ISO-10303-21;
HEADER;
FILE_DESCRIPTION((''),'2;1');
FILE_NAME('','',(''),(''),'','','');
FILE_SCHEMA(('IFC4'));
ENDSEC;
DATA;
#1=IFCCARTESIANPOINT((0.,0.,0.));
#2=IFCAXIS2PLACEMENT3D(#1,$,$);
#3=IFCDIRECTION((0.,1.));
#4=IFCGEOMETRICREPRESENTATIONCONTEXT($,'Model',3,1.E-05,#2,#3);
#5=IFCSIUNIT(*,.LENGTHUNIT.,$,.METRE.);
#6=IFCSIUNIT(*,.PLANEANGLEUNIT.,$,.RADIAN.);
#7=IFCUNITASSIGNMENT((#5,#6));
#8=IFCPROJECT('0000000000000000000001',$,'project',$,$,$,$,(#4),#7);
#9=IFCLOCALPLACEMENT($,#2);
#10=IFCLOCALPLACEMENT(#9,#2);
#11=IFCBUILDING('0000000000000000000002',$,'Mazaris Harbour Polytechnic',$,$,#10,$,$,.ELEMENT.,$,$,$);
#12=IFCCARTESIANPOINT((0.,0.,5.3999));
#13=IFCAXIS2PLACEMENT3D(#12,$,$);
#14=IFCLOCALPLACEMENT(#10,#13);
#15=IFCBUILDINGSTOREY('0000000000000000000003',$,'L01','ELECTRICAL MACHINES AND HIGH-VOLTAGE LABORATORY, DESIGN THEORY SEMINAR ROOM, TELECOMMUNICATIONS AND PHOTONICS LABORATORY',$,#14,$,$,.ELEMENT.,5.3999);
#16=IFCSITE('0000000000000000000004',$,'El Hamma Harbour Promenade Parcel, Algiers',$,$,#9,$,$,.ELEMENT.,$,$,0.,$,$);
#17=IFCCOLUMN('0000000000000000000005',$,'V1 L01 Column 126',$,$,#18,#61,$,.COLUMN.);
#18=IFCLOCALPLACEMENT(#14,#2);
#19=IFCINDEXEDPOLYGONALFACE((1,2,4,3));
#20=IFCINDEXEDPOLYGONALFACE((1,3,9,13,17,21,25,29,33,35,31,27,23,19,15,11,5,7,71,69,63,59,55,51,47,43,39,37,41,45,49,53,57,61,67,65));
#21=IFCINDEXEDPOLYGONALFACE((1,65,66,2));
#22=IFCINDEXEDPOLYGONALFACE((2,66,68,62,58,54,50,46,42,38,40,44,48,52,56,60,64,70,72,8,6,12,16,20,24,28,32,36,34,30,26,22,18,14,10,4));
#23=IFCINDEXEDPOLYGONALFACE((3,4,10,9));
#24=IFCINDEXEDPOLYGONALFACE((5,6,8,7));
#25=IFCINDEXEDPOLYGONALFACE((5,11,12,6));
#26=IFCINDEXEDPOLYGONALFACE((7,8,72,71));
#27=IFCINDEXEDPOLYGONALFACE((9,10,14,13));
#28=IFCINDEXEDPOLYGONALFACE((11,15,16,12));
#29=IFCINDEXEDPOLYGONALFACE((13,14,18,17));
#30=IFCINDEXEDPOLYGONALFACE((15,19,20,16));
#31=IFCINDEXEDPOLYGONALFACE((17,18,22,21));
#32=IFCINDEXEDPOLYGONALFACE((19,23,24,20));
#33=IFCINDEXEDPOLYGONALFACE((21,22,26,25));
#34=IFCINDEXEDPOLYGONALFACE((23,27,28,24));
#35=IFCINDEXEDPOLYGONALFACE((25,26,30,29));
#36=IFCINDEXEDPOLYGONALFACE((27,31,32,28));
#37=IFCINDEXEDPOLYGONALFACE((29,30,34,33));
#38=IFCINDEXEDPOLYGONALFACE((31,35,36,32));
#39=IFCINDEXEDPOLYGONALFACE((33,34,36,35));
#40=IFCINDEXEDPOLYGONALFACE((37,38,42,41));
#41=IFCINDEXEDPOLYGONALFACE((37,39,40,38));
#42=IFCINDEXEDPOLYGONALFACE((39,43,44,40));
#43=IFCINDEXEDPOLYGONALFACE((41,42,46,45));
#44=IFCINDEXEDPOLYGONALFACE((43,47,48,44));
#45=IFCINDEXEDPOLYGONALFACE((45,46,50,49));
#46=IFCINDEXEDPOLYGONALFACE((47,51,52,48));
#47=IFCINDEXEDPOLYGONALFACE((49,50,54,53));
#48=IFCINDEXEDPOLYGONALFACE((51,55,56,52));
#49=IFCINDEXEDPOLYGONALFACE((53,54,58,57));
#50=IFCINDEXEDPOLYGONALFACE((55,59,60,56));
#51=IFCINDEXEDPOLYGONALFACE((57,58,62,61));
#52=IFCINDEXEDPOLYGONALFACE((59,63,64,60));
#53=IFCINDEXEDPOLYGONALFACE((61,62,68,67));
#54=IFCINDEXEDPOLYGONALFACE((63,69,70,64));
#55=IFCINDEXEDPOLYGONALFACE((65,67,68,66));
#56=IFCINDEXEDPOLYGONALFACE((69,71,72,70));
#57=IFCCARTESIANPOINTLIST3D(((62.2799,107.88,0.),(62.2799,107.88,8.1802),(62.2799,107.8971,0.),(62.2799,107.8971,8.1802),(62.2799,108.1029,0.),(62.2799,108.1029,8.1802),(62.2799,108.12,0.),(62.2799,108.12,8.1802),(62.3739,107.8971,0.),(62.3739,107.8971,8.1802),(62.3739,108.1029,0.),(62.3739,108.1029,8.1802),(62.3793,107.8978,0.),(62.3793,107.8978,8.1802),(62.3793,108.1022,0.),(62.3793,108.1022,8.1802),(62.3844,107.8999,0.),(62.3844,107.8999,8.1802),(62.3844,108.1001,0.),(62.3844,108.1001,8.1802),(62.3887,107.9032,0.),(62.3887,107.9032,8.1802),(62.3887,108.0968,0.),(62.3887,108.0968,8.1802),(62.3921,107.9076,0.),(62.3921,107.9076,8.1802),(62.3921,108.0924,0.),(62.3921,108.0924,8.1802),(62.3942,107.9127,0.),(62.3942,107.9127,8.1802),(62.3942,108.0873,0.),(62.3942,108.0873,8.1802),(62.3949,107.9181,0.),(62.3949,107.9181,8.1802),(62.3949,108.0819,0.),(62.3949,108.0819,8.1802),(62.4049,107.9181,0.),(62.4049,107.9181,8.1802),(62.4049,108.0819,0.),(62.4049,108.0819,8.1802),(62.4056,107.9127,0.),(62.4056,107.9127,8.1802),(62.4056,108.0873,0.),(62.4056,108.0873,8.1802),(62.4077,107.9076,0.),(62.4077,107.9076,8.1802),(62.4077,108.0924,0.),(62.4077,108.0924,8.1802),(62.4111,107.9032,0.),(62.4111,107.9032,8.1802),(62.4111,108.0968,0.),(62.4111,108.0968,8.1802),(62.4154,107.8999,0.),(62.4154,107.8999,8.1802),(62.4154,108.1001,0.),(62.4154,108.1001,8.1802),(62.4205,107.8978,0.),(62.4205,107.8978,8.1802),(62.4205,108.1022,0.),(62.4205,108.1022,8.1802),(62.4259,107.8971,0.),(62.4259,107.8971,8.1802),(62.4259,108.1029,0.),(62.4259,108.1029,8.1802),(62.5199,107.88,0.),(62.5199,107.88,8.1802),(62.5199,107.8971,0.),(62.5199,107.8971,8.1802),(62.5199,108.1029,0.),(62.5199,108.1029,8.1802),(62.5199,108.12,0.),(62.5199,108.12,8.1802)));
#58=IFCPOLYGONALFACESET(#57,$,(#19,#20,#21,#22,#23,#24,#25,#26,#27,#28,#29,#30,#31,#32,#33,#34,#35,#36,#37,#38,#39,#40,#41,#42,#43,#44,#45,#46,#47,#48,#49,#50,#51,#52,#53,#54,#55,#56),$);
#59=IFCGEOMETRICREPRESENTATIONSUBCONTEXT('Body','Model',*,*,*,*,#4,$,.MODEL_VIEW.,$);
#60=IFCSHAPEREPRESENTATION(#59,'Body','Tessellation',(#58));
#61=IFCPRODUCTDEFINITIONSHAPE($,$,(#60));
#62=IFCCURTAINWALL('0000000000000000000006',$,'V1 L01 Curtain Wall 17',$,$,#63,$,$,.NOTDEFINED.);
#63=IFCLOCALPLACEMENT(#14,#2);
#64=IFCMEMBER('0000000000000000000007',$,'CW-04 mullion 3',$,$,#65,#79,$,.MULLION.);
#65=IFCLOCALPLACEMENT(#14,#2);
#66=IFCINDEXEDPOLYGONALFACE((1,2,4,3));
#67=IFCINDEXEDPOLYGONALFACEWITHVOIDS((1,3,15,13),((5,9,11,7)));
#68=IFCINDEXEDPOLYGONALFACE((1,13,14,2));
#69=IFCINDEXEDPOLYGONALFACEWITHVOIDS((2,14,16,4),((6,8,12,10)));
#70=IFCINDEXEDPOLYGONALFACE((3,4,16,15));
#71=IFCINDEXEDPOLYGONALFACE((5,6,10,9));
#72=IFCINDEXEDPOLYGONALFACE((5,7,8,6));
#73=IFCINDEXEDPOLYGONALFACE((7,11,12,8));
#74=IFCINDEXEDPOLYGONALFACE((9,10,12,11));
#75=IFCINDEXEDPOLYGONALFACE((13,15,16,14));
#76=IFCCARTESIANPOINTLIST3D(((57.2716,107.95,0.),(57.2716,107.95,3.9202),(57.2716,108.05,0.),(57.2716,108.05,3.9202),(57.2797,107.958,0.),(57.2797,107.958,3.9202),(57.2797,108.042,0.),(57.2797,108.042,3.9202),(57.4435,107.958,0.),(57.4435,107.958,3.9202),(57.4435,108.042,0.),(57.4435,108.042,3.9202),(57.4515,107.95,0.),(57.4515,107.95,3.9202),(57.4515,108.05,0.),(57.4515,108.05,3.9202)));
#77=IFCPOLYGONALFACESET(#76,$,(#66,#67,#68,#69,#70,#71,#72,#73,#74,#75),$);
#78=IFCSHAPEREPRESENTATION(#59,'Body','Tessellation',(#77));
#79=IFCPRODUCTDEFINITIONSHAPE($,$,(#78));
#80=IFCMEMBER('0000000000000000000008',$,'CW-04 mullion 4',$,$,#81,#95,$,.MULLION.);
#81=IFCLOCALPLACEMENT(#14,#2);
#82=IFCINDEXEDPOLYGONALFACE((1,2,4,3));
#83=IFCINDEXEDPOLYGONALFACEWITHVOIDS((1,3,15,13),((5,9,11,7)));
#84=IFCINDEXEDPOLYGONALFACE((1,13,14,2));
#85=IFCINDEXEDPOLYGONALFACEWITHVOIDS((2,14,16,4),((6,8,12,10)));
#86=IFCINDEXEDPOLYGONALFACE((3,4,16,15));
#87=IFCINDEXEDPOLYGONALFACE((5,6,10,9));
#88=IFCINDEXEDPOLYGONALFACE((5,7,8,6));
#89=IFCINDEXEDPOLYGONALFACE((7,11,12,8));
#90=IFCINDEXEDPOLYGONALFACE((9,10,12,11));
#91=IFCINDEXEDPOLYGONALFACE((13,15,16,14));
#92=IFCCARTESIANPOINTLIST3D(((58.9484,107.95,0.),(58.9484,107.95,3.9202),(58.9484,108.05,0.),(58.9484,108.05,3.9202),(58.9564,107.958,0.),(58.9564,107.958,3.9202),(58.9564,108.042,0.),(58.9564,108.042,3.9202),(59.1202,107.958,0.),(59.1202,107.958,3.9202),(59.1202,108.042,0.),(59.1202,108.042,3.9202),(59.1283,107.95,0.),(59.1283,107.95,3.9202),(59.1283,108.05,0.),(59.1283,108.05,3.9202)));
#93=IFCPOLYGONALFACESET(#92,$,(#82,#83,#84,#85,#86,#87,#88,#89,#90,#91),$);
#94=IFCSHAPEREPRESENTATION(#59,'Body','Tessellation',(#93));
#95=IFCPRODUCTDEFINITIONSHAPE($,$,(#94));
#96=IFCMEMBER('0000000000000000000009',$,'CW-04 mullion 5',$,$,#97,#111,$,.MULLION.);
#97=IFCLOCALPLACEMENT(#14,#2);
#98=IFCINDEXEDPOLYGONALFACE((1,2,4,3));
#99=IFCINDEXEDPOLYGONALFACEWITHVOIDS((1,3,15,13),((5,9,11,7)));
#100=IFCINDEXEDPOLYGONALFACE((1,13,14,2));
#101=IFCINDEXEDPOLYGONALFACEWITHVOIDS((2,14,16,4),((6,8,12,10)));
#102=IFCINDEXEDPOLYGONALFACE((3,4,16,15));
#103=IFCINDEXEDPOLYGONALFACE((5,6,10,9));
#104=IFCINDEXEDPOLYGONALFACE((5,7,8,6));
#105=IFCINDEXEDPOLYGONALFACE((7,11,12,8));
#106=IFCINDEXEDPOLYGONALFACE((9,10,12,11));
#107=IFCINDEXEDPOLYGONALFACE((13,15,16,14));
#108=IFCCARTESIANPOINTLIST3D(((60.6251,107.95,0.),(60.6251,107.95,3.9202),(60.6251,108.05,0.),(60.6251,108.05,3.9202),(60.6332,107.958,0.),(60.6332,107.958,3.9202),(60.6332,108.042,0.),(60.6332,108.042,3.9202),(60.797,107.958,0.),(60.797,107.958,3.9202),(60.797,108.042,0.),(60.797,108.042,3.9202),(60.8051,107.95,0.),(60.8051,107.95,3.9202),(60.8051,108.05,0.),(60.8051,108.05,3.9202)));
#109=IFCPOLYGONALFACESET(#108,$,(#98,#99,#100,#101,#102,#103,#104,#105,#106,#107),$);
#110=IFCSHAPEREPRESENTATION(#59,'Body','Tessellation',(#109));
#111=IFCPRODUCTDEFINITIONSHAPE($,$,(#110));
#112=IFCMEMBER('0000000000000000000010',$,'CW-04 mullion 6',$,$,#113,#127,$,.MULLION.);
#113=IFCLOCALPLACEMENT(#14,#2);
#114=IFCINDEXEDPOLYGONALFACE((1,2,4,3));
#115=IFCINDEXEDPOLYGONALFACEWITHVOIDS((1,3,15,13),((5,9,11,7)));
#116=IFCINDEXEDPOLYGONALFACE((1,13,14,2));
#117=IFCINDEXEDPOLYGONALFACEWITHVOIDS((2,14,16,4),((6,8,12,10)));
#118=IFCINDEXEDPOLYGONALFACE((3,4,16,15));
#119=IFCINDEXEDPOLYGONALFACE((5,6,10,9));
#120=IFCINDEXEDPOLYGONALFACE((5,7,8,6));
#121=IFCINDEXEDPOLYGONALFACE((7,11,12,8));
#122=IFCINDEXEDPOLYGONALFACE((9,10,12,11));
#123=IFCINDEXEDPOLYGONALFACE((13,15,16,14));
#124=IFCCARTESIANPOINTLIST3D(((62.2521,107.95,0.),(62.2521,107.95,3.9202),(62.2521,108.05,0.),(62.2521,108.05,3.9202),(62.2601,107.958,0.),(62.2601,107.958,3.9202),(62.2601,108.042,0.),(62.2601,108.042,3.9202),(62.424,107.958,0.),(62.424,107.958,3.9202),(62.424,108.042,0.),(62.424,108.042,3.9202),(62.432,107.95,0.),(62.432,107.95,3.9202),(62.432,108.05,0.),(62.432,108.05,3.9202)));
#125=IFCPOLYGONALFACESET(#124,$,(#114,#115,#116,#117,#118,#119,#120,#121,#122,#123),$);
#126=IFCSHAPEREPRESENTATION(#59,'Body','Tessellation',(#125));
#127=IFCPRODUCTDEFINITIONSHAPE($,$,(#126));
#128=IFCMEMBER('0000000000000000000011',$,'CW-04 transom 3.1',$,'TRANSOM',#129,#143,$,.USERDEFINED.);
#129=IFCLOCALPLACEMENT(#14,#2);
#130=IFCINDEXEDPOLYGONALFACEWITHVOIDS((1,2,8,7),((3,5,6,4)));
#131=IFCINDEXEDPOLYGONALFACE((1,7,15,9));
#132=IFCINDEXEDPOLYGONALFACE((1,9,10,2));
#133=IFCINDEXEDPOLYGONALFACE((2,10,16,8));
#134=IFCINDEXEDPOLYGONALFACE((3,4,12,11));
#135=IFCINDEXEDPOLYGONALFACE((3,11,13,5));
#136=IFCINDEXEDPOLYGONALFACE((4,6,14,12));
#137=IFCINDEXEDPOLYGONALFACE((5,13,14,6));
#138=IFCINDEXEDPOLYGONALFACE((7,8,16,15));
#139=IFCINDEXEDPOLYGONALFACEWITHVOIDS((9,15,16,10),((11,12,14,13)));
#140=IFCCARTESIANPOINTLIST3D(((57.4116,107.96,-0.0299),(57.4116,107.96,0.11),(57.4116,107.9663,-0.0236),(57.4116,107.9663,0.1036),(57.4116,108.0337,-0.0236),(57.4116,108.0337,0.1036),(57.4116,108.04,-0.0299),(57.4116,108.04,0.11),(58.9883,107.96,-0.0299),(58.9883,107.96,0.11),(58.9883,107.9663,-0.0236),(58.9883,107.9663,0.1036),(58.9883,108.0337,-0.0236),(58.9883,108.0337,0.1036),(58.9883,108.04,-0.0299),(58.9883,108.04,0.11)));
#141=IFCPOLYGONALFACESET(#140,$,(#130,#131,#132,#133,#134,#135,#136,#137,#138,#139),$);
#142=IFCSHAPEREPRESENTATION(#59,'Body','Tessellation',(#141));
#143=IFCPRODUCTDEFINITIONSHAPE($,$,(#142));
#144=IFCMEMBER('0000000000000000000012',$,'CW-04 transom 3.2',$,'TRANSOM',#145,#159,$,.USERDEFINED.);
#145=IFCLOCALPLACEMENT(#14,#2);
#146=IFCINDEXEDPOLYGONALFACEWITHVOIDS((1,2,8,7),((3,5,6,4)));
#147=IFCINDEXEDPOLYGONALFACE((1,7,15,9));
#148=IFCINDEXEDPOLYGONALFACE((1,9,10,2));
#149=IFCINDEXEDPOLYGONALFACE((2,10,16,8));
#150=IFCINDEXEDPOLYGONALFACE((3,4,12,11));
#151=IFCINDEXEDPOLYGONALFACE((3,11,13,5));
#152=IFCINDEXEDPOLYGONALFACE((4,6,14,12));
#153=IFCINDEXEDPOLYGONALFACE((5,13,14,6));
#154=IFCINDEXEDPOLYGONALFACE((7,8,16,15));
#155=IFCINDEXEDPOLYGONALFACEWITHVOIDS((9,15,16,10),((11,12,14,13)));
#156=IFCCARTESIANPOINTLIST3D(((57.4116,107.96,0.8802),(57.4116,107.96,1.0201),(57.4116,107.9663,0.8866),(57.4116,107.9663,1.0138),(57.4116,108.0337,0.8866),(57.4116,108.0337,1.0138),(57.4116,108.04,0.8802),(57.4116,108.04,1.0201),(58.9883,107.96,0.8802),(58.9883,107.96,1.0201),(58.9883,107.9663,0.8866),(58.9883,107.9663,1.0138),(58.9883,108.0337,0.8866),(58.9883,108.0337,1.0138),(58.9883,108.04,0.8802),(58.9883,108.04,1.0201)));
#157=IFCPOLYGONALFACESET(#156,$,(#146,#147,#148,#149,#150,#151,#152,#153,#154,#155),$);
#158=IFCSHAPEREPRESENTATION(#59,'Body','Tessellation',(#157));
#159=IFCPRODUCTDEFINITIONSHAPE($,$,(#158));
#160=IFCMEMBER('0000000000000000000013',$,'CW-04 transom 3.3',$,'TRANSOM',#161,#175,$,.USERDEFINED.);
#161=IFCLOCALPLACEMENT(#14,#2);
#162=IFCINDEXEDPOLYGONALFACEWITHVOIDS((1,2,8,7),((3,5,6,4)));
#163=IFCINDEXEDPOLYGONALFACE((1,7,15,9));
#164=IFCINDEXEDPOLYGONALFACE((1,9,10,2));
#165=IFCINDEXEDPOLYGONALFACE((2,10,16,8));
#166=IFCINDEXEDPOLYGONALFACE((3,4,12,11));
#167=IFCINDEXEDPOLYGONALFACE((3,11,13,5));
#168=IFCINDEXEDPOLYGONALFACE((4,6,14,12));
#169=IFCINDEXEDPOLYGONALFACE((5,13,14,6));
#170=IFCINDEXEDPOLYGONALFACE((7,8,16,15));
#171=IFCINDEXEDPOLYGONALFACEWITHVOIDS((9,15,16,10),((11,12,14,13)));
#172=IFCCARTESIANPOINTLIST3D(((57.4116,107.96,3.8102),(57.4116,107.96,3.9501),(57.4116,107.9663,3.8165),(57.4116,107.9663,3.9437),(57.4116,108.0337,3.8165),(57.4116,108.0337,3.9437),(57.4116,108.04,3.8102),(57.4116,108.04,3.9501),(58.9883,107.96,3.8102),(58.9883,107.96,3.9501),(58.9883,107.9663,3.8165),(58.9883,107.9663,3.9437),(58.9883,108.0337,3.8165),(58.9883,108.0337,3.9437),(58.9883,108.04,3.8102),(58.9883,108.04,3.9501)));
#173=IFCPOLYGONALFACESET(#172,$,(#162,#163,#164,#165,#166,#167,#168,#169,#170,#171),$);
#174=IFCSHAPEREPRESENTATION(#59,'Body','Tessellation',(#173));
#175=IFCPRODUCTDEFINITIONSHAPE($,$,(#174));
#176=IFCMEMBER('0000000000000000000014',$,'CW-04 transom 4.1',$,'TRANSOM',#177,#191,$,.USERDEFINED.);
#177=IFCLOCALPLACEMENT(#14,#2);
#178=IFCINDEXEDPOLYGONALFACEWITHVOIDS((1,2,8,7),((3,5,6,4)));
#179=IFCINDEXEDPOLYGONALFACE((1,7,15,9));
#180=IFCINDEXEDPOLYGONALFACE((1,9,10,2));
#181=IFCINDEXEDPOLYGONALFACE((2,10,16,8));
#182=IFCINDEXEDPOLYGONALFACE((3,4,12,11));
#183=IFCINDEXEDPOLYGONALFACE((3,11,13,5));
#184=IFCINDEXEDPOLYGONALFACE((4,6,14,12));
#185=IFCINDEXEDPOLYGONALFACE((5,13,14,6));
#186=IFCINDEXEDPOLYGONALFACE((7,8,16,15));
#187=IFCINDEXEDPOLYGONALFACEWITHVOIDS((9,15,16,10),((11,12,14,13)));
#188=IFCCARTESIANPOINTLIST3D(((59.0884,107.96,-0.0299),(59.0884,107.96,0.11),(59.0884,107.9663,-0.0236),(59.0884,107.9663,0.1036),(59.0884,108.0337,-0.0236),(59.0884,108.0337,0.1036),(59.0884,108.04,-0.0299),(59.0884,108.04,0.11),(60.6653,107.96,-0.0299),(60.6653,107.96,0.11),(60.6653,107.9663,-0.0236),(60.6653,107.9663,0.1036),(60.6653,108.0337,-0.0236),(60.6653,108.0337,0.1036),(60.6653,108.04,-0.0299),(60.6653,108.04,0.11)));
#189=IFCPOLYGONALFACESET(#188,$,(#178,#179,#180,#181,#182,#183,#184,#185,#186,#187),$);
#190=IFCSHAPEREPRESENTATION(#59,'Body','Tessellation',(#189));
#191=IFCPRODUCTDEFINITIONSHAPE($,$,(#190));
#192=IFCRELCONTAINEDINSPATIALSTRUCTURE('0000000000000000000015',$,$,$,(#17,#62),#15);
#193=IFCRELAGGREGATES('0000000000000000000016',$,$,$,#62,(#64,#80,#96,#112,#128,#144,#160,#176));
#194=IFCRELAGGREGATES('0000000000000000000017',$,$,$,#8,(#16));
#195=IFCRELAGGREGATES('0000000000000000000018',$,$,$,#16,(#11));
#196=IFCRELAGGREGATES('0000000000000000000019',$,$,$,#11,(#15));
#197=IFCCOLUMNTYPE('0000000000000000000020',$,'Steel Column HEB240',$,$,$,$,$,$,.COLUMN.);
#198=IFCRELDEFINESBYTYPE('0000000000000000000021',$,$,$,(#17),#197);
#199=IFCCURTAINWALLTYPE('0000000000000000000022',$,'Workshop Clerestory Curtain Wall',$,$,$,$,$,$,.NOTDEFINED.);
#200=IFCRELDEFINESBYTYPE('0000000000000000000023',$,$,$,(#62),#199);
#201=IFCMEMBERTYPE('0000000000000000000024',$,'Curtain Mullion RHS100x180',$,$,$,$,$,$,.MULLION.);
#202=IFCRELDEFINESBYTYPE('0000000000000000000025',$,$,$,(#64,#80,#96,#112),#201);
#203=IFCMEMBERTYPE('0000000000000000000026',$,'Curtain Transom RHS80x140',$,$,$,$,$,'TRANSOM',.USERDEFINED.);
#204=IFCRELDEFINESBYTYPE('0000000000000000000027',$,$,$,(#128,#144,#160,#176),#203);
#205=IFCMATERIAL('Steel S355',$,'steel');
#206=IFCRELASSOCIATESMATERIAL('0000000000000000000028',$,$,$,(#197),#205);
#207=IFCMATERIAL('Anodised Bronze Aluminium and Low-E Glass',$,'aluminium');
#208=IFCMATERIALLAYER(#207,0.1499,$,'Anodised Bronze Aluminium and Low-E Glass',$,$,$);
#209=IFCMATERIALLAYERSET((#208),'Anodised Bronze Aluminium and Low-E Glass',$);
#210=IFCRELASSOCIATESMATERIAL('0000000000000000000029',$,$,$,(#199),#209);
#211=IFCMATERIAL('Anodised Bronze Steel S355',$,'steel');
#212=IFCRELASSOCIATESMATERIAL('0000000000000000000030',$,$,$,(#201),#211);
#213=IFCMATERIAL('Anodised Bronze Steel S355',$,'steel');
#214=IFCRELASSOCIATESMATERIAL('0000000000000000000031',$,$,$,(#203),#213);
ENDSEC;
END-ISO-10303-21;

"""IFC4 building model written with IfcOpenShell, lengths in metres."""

from ifc_helpers import new_model, si_unit, direction, frame, origin, origin_2d, place, context, subcontext, project, spatial, hollow_rectangle, i_section, extrude, material, layer, layer_set, material_profile, profile_set, type_object, element, aggregate, save


model = new_model("IFC4")

# Units and contexts
model_context = context("Model", 3, precision=1e-05, world=origin(), true_north=direction((0.0, 1.0)))
body_context = subcontext(model_context, "Body", "Model", "MODEL_VIEW")
ifc_project = project(units=[si_unit("LENGTHUNIT", "METRE"), si_unit("PLANEANGLEUNIT", "RADIAN")], contexts=[model_context])

# Site, building, storey
site_placement = place(None, origin())
site = spatial("IfcSite", under=ifc_project, at=site_placement, Name="El Hamma Harbour Promenade Parcel, Algiers", CompositionType="ELEMENT", RefElevation=0.0)
building_placement = place(site_placement, origin())
building = spatial("IfcBuilding", under=site, at=building_placement, Name="Mazaris Harbour Polytechnic", CompositionType="ELEMENT")
storey_placement = place(building_placement, frame((0.0, 0.0, 5.3999)))
storey = spatial("IfcBuildingStorey", under=building, at=storey_placement, Name="L01", Description="ELECTRICAL MACHINES AND HIGH-VOLTAGE LABORATORY, DESIGN THEORY SEMINAR ROOM, TELECOMMUNICATIONS AND PHOTONICS LABORATORY", CompositionType="ELEMENT", Elevation=5.3999)

# Column
ifc_material_1 = material(Name="Steel S355", Category="steel")
ifc_material_profile_1 = material_profile(ifc_material_1, i_section(OverallWidth=0.24, OverallDepth=0.24, WebThickness=0.01, FlangeThickness=0.0171, FilletRadius=0.021, at=origin_2d()), Name="HEB 240")
ifc_profile_set_1 = profile_set([ifc_material_profile_1], Name="Steel S355")
column_type = type_object("IfcColumnType", Name="Steel Column HEB240", PredefinedType="COLUMN", material=ifc_profile_set_1)
column_placement = place(storey_placement, frame((62.3999, 108.0, 0.0), z_axis=(0.0, 0.0, 1.0), x_axis=(1.0, 0.0, 0.0)))
element("IfcColumn", 1, at=column_placement, inside=storey, type_object=column_type, Name="V1 L01 Column 126", PredefinedType="COLUMN", context=body_context, shape_type="SweptSolid", body=[
    extrude(i_section(OverallWidth=0.24, OverallDepth=0.24, WebThickness=0.01, FlangeThickness=0.0171, FilletRadius=0.021, at=origin_2d()), origin(), (0.0, 0.0, 1.0), 8.1802),
])

# Curtain wall, members
ifc_material_2 = material(Name="Anodised Bronze Aluminium and Low-E Glass", Category="aluminium")
ifc_layer_1 = layer(ifc_material_2, 0.1499, Name="Anodised Bronze Aluminium and Low-E Glass")
ifc_layer_set_1 = layer_set([ifc_layer_1], Name="Anodised Bronze Aluminium and Low-E Glass")
curtain_wall_type = type_object("IfcCurtainWallType", Name="Workshop Clerestory Curtain Wall", PredefinedType="NOTDEFINED", material=ifc_layer_set_1)
curtain_wall_placement = place(storey_placement, origin())
curtain_wall = element("IfcCurtainWall", 2, at=curtain_wall_placement, inside=storey, type_object=curtain_wall_type, Name="V1 L01 Curtain Wall 17", PredefinedType="NOTDEFINED")
ifc_material_3 = material(Name="Anodised Bronze Steel S355", Category="steel")
ifc_material_profile_2 = material_profile(ifc_material_3, hollow_rectangle(XDim=0.1001, YDim=0.1799, WallThickness=0.0081, at=origin_2d()), Name="RHS 100x180x8.0")
ifc_profile_set_2 = profile_set([ifc_material_profile_2], Name="Anodised Bronze Steel S355")
member_type_1 = type_object("IfcMemberType", Name="Curtain Mullion RHS100x180", PredefinedType="MULLION", material=ifc_profile_set_2)
member_1_placement = place(storey_placement, frame((57.3616, 108.0, 0.0), z_axis=(0.0, 0.0, 1.0), x_axis=(0.0, 1.0, 0.0)))
member_1 = element("IfcMember", 3, at=member_1_placement, type_object=member_type_1, Name="CW-04 mullion 3", PredefinedType="MULLION", context=body_context, shape_type="SweptSolid", body=[
    extrude(hollow_rectangle(XDim=0.1001, YDim=0.1799, WallThickness=0.0081, at=origin_2d()), origin(), (0.0, 0.0, 1.0), 3.9202),
])
member_2_placement = place(storey_placement, frame((59.0383, 108.0, 0.0), z_axis=(0.0, 0.0, 1.0), x_axis=(0.0, 1.0, 0.0)))
member_2 = element("IfcMember", 4, at=member_2_placement, type_object=member_type_1, Name="CW-04 mullion 4", PredefinedType="MULLION", context=body_context, shape_type="SweptSolid", body=[
    extrude(hollow_rectangle(XDim=0.1001, YDim=0.1799, WallThickness=0.0081, at=origin_2d()), origin(), (0.0, 0.0, 1.0), 3.9202),
])
member_3_placement = place(storey_placement, frame((60.7151, 108.0, 0.0), z_axis=(0.0, 0.0, 1.0), x_axis=(0.0, 1.0, 0.0)))
member_3 = element("IfcMember", 5, at=member_3_placement, type_object=member_type_1, Name="CW-04 mullion 5", PredefinedType="MULLION", context=body_context, shape_type="SweptSolid", body=[
    extrude(hollow_rectangle(XDim=0.1001, YDim=0.1799, WallThickness=0.0081, at=origin_2d()), origin(), (0.0, 0.0, 1.0), 3.9202),
])
member_4_placement = place(storey_placement, frame((62.342, 108.0, 0.0), z_axis=(0.0, 0.0, 1.0), x_axis=(0.0, 1.0, 0.0)))
member_4 = element("IfcMember", 6, at=member_4_placement, type_object=member_type_1, Name="CW-04 mullion 6", PredefinedType="MULLION", context=body_context, shape_type="SweptSolid", body=[
    extrude(hollow_rectangle(XDim=0.1001, YDim=0.1799, WallThickness=0.0081, at=origin_2d()), origin(), (0.0, 0.0, 1.0), 3.9202),
])
ifc_material_4 = material(Name="Anodised Bronze Steel S355", Category="steel")
ifc_material_profile_3 = material_profile(ifc_material_4, hollow_rectangle(XDim=0.0801, YDim=0.1399, WallThickness=0.0063, at=origin_2d()), Name="RHS 80x140x6.3")
ifc_profile_set_3 = profile_set([ifc_material_profile_3], Name="Anodised Bronze Steel S355")
member_type_2 = type_object("IfcMemberType", Name="Curtain Transom RHS80x140", ElementType="TRANSOM", PredefinedType="USERDEFINED", material=ifc_profile_set_3)
member_5_placement = place(storey_placement, frame((57.4116, 108.0, 0.04), z_axis=(1.0, 0.0, 0.0), x_axis=(0.0, 1.0, 0.0)))
member_5 = element("IfcMember", 7, at=member_5_placement, type_object=member_type_2, Name="CW-04 transom 3.1", ObjectType="TRANSOM", PredefinedType="USERDEFINED", context=body_context, shape_type="SweptSolid", body=[
    extrude(hollow_rectangle(XDim=0.0801, YDim=0.1399, WallThickness=0.0063, at=origin_2d()), origin(), (0.0, 0.0, 1.0), 1.5767),
])
member_6_placement = place(storey_placement, frame((57.4116, 108.0, 0.9502), z_axis=(1.0, 0.0, 0.0), x_axis=(0.0, 1.0, 0.0)))
member_6 = element("IfcMember", 8, at=member_6_placement, type_object=member_type_2, Name="CW-04 transom 3.2", ObjectType="TRANSOM", PredefinedType="USERDEFINED", context=body_context, shape_type="SweptSolid", body=[
    extrude(hollow_rectangle(XDim=0.0801, YDim=0.1399, WallThickness=0.0063, at=origin_2d()), origin(), (0.0, 0.0, 1.0), 1.5767),
])
member_7_placement = place(storey_placement, frame((57.4116, 108.0, 3.8801), z_axis=(1.0, 0.0, 0.0), x_axis=(0.0, 1.0, 0.0)))
member_7 = element("IfcMember", 9, at=member_7_placement, type_object=member_type_2, Name="CW-04 transom 3.3", ObjectType="TRANSOM", PredefinedType="USERDEFINED", context=body_context, shape_type="SweptSolid", body=[
    extrude(hollow_rectangle(XDim=0.0801, YDim=0.1399, WallThickness=0.0063, at=origin_2d()), origin(), (0.0, 0.0, 1.0), 1.5767),
])
member_8_placement = place(storey_placement, frame((59.0884, 108.0, 0.04), z_axis=(1.0, 0.0, 0.0), x_axis=(0.0, 1.0, 0.0)))
member_8 = element("IfcMember", 10, at=member_8_placement, type_object=member_type_2, Name="CW-04 transom 4.1", ObjectType="TRANSOM", PredefinedType="USERDEFINED", context=body_context, shape_type="SweptSolid", body=[
    extrude(hollow_rectangle(XDim=0.0801, YDim=0.1399, WallThickness=0.0063, at=origin_2d()), origin(), (0.0, 0.0, 1.0), 1.5769),
])

aggregate(curtain_wall, [member_1, member_2, member_3, member_4, member_5, member_6, member_7, member_8])

save(model, "model.ifc")
